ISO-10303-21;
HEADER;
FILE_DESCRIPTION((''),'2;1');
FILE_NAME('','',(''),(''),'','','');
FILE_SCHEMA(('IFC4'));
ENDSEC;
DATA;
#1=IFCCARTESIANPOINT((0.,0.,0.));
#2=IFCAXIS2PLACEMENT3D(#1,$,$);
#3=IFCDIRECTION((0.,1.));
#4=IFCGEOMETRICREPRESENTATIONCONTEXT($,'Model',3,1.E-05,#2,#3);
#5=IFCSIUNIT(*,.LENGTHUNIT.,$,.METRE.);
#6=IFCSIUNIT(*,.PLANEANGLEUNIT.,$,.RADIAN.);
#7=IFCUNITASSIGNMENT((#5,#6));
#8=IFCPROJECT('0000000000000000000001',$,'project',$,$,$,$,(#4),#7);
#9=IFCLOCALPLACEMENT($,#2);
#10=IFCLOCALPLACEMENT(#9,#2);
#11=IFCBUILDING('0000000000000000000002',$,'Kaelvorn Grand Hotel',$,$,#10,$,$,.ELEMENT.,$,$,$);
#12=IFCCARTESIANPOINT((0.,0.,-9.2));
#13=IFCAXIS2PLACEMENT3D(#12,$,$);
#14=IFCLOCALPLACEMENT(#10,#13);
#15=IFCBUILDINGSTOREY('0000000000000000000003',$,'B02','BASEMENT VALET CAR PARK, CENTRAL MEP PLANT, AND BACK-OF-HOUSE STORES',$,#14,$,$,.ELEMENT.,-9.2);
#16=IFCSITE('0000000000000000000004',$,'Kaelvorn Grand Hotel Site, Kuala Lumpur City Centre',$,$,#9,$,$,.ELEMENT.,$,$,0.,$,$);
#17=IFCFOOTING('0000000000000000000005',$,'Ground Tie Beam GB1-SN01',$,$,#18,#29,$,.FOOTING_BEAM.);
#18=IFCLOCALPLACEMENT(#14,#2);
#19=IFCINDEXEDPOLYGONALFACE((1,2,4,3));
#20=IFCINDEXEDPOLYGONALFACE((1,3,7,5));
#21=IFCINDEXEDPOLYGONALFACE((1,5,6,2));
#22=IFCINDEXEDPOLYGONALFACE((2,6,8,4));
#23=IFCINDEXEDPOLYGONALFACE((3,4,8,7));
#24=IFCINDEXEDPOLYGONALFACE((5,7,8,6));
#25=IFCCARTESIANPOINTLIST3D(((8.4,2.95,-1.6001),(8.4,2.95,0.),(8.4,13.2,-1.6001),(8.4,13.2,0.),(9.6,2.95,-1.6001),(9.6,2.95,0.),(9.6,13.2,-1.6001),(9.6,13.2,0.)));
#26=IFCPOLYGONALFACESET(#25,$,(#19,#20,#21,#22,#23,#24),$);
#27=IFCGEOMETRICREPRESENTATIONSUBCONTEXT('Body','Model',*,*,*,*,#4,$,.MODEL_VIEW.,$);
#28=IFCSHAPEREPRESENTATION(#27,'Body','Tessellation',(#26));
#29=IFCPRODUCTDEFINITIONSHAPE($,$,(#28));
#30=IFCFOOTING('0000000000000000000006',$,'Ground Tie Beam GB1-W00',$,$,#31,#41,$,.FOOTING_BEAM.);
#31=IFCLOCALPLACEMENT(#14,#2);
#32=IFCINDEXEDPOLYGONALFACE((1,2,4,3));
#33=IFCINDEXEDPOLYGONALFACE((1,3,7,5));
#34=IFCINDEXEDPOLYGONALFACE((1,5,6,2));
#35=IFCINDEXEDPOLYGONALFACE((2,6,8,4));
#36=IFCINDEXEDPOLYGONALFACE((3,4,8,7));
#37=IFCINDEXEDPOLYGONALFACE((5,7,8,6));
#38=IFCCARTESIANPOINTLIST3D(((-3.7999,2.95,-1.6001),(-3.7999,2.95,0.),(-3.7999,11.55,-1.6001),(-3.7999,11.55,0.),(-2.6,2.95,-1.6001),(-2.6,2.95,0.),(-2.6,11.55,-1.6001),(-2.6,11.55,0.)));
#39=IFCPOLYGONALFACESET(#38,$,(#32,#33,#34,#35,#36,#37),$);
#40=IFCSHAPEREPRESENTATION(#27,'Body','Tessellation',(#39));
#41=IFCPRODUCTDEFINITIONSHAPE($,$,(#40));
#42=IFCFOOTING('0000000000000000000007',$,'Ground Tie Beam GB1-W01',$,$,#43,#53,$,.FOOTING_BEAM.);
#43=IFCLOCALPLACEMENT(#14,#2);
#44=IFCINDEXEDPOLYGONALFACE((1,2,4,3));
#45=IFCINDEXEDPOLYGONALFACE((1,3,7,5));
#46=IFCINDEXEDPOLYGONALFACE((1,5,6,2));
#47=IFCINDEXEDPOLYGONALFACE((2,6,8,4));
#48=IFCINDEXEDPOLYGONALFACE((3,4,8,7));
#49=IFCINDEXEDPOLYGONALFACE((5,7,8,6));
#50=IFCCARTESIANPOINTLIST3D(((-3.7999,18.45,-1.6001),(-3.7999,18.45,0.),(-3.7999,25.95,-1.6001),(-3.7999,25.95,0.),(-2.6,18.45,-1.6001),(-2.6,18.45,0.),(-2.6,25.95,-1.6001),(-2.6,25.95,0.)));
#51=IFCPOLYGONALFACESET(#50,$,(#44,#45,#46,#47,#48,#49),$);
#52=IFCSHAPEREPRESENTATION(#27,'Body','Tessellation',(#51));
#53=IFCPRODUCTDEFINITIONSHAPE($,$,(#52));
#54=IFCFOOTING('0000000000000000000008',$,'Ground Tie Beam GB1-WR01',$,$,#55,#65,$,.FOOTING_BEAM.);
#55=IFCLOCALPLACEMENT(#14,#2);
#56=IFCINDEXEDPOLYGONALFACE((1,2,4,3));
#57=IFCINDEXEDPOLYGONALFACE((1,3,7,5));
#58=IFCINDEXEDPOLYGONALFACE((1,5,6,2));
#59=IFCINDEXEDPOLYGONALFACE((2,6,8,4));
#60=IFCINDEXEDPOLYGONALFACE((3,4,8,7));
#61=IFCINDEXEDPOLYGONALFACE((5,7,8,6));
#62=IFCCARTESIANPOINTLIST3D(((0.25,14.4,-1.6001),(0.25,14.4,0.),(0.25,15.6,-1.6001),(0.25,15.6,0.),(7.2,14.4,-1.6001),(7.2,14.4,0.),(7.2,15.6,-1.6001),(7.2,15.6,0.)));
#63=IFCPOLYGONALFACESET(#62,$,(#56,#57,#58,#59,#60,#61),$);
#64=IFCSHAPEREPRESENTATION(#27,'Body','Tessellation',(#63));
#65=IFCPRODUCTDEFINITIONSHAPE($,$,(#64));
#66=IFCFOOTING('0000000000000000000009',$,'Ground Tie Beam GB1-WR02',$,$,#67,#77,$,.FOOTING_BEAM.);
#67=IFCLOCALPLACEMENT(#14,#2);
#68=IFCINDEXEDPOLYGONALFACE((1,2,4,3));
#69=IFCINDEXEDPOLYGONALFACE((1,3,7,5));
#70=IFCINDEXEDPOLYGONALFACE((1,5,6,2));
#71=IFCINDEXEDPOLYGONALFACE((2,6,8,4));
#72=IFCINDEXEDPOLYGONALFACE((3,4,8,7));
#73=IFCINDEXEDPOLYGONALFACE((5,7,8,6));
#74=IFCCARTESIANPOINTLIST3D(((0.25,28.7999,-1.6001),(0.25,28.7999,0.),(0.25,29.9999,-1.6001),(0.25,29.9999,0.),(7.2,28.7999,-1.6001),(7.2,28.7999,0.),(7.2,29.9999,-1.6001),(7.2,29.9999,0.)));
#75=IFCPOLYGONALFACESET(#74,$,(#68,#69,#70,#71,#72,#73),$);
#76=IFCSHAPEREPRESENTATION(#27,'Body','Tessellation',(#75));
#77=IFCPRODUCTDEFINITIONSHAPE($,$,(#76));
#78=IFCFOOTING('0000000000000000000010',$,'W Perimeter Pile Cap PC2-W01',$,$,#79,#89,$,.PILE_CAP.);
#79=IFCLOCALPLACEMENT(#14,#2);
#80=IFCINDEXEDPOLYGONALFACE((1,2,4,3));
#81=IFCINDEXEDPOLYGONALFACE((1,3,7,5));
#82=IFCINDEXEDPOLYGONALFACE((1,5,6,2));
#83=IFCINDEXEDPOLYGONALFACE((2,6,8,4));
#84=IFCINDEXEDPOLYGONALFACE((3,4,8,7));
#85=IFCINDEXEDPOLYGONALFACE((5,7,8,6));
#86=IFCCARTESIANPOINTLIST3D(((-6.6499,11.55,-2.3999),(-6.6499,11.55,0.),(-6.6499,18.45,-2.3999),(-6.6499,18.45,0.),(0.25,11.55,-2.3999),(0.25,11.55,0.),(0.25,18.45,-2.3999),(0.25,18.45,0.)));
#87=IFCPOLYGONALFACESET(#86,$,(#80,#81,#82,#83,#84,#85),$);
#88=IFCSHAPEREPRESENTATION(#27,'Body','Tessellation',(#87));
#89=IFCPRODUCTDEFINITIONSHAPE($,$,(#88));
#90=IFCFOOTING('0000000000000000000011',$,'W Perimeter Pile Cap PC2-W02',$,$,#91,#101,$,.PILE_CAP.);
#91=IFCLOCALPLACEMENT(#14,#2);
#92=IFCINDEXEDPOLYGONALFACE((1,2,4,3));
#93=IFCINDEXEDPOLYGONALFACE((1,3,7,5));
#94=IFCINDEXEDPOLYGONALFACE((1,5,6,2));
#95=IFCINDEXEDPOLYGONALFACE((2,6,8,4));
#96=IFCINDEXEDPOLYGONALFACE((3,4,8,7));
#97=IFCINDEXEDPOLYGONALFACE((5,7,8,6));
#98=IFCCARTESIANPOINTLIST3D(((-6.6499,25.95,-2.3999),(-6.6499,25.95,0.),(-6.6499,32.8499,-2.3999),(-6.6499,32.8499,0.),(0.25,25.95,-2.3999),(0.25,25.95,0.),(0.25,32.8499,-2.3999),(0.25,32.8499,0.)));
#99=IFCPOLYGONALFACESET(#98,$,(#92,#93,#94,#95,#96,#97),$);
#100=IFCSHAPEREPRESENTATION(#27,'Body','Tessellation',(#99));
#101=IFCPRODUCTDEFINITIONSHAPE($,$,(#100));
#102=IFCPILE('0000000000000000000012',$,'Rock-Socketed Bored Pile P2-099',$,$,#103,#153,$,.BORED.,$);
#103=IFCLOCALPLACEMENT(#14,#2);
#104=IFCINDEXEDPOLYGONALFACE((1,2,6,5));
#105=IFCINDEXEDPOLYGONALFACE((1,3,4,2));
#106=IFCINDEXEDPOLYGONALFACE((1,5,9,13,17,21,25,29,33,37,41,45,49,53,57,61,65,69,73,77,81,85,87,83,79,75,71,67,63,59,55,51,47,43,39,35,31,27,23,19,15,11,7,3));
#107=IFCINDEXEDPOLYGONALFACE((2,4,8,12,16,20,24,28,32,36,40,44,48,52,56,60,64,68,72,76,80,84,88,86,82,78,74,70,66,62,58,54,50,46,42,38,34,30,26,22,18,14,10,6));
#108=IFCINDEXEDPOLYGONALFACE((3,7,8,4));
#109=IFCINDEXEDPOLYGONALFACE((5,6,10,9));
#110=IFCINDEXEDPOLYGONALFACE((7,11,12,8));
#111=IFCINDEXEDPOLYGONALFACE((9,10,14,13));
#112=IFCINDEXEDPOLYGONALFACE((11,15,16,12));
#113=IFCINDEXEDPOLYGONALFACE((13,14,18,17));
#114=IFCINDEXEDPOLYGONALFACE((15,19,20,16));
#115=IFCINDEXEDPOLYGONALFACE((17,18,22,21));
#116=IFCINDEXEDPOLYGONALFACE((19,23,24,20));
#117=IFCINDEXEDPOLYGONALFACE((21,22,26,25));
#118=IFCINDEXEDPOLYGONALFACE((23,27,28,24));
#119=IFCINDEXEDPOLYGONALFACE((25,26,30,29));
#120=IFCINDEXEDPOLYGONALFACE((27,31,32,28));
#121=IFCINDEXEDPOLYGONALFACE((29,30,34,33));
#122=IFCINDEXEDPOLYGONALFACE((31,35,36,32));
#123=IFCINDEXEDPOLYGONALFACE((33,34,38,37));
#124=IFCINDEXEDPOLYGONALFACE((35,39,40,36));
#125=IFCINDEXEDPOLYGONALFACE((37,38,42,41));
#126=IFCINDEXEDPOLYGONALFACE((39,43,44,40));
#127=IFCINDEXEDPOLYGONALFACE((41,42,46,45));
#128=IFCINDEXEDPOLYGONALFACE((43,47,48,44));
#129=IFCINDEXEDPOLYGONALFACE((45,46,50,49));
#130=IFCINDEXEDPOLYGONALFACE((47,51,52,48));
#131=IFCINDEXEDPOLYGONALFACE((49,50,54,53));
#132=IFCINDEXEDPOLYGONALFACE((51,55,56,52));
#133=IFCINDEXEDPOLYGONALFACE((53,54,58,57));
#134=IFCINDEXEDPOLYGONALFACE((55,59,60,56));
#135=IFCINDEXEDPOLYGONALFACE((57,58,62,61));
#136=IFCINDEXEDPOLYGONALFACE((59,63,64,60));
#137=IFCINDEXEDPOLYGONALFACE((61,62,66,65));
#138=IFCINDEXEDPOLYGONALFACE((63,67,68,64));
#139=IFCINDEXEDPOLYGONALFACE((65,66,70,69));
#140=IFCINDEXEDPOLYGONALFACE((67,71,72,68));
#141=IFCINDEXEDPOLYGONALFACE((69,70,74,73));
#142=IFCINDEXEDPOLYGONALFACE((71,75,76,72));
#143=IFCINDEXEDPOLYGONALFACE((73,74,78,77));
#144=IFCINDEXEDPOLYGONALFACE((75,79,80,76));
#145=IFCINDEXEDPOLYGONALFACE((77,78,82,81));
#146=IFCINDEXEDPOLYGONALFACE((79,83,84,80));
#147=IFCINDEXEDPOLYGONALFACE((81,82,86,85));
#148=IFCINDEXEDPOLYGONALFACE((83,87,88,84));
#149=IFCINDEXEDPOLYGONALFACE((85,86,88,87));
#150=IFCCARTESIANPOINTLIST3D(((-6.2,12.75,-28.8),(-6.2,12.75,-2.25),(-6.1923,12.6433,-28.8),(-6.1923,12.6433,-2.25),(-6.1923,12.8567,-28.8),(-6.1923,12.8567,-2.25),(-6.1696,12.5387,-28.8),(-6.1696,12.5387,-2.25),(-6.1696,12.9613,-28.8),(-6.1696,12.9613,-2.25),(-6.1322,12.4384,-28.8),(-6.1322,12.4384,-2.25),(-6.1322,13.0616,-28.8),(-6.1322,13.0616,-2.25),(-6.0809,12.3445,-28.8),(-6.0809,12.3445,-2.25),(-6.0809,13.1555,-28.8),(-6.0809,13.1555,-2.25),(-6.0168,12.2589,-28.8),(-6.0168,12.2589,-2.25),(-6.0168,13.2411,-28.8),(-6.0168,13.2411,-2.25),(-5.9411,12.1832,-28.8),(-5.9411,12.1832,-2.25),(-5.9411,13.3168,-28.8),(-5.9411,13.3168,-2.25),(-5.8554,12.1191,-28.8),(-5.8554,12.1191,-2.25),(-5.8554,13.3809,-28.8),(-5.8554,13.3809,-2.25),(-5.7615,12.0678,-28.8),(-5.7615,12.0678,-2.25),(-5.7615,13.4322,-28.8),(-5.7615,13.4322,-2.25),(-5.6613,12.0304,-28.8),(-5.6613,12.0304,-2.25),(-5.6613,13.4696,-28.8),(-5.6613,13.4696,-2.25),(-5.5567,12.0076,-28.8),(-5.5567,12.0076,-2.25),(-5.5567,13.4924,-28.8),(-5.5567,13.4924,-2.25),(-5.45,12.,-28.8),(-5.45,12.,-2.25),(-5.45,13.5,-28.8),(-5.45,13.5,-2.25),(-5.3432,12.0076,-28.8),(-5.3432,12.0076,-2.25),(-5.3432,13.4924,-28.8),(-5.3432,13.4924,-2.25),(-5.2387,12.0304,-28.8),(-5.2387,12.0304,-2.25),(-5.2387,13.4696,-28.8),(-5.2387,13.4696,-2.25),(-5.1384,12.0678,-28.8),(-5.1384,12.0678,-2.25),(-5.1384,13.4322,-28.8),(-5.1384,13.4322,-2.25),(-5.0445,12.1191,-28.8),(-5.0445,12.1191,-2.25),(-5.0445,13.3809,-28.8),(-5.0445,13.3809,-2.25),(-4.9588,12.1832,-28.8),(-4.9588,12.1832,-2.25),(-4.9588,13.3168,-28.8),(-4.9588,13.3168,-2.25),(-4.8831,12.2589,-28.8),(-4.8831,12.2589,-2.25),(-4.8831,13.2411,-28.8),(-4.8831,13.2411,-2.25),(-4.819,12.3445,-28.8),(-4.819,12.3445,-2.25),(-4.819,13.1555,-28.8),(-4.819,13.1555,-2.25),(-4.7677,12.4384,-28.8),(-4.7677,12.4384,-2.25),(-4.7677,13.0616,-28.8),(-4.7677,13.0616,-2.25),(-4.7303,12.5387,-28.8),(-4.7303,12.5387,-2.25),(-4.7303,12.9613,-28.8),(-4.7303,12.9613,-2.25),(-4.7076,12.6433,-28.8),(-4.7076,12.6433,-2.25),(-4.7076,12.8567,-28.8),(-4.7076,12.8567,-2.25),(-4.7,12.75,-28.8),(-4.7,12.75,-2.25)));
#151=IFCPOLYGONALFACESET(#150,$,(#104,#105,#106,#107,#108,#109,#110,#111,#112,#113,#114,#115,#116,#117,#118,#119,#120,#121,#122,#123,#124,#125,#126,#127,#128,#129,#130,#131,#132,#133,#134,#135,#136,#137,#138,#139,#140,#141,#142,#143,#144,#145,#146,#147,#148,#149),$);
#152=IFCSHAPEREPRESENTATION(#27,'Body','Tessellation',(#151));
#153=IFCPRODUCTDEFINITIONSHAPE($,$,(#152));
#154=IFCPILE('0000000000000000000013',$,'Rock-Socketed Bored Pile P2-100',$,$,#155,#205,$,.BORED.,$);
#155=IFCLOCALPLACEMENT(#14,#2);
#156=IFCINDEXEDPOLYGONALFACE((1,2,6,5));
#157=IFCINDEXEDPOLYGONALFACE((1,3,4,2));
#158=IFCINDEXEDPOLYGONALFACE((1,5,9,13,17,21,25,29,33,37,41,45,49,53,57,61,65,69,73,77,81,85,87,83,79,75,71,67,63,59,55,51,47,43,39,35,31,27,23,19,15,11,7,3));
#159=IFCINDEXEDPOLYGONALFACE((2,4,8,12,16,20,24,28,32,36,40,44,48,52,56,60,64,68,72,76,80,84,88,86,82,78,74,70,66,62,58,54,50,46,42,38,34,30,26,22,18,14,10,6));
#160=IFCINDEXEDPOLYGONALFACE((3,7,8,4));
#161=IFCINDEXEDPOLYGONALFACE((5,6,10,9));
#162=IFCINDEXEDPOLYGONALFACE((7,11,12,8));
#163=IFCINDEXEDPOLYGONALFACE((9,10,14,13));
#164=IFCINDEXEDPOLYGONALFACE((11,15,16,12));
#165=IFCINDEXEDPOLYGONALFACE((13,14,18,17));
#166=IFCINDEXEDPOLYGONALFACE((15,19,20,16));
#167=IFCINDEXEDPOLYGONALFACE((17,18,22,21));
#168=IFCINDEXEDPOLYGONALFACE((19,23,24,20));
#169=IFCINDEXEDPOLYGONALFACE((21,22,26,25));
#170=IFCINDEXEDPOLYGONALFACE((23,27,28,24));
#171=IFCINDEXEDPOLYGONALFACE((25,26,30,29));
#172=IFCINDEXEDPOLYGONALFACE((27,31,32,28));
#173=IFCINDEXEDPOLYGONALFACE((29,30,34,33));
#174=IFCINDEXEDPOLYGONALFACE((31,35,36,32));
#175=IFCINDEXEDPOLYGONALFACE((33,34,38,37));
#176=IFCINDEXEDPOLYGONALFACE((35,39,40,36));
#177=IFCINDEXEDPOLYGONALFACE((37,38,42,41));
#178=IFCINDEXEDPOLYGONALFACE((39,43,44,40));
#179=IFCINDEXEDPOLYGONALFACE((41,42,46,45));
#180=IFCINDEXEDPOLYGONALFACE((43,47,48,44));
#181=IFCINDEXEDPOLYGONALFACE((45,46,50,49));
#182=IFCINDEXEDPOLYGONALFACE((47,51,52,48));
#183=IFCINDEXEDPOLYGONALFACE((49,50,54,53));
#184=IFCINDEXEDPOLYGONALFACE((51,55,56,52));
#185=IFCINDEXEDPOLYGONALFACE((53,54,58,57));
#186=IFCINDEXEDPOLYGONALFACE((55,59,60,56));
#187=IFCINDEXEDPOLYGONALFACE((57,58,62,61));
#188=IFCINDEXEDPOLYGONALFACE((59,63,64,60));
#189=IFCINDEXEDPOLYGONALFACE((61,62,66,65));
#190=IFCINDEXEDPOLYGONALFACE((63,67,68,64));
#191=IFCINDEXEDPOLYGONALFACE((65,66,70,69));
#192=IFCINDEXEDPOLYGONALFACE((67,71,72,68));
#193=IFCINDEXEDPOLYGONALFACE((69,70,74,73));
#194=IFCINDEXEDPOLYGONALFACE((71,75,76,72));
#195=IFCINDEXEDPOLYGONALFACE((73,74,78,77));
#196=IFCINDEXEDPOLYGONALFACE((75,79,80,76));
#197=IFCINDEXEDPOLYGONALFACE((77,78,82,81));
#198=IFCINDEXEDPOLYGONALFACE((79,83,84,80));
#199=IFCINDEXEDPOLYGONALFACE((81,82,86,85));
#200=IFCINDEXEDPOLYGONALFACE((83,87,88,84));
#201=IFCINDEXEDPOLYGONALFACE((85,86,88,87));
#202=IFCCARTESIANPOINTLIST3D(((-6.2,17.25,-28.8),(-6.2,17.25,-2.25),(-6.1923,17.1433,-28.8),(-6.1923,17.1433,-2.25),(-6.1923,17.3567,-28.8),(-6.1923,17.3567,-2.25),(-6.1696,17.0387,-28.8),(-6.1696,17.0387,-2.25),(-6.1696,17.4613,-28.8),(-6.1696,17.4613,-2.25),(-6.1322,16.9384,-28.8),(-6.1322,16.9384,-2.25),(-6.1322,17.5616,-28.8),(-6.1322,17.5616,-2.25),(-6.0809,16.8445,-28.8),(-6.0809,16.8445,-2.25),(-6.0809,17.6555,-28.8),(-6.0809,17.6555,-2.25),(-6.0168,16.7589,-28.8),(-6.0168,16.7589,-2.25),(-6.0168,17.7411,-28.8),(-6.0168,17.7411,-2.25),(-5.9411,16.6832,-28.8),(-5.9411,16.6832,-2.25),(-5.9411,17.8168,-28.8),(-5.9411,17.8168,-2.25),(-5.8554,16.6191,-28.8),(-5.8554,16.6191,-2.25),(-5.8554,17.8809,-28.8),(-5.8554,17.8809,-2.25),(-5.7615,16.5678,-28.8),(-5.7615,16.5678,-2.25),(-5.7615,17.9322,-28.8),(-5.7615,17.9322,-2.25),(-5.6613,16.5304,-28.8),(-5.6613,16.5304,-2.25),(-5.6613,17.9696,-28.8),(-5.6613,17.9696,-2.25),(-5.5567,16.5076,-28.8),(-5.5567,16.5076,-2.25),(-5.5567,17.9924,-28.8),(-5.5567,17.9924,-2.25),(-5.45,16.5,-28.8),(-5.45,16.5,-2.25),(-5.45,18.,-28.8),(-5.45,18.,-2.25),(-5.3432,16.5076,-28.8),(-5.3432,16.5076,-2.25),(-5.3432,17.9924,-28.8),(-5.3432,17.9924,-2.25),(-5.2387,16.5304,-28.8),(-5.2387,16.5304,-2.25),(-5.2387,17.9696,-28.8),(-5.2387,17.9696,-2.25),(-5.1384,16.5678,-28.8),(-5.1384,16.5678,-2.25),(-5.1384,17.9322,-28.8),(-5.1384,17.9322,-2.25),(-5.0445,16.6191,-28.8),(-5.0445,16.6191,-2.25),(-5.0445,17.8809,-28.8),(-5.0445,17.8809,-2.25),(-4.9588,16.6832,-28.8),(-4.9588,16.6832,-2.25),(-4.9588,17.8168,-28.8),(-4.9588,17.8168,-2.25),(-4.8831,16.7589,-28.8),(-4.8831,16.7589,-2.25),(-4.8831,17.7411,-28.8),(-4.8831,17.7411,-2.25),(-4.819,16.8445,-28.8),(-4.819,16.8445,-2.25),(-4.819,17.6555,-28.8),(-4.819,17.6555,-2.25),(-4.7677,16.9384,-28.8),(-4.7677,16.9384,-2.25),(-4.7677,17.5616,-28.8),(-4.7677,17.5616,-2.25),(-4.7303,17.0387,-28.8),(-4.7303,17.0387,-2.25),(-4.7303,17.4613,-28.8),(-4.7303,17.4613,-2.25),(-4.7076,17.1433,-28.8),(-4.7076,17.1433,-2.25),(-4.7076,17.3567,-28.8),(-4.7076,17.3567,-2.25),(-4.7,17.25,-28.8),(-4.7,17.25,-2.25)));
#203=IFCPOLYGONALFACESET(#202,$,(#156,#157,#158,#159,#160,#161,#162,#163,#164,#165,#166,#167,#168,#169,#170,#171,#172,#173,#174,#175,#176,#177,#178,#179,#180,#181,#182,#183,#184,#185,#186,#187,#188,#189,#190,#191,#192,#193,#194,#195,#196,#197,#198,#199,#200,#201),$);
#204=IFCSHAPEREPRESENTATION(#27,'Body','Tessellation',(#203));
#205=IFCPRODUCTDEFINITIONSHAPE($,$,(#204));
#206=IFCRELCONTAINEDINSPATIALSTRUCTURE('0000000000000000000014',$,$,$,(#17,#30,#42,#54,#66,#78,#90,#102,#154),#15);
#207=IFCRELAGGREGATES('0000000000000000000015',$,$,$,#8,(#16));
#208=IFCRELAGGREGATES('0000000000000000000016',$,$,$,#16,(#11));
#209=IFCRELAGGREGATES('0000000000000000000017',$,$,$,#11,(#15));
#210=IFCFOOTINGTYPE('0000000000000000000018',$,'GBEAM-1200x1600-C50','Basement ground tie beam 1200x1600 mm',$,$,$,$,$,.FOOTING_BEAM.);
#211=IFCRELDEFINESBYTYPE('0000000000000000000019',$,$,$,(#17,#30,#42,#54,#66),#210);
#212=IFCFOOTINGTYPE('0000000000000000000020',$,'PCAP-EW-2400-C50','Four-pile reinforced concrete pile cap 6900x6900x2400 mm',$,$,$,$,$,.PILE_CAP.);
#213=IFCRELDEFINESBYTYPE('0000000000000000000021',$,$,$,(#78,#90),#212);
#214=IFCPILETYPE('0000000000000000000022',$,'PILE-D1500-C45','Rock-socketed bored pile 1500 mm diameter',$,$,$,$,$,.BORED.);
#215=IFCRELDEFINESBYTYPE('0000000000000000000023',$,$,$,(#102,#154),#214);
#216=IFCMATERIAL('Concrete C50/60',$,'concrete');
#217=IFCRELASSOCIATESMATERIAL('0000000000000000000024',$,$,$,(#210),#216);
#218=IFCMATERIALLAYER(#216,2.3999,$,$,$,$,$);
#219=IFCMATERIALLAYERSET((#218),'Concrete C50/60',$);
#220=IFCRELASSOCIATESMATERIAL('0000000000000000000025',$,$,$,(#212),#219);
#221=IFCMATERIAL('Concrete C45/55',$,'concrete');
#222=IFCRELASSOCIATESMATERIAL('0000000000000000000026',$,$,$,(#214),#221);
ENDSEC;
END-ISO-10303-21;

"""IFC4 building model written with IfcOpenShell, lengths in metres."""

from ifc_helpers import new_model, si_unit, direction, frame, origin, origin_2d, place, context, subcontext, project, spatial, rectangle, circle, extrude, material, layer, layer_set, material_profile, profile_set, type_object, element, save


model = new_model("IFC4")

# Units and contexts
model_context = context("Model", 3, precision=1e-05, world=origin(), true_north=direction((0.0, 1.0)))
body_context = subcontext(model_context, "Body", "Model", "MODEL_VIEW")
ifc_project = project(units=[si_unit("LENGTHUNIT", "METRE"), si_unit("PLANEANGLEUNIT", "RADIAN")], contexts=[model_context])

# Site, building, storey
site_placement = place(None, origin())
site = spatial("IfcSite", under=ifc_project, at=site_placement, Name="Kaelvorn Grand Hotel Site, Kuala Lumpur City Centre", CompositionType="ELEMENT", RefElevation=0.0)
building_placement = place(site_placement, origin())
building = spatial("IfcBuilding", under=site, at=building_placement, Name="Kaelvorn Grand Hotel", CompositionType="ELEMENT")
storey_placement = place(building_placement, frame((0.0, 0.0, -9.2)))
storey = spatial("IfcBuildingStorey", under=building, at=storey_placement, Name="B02", Description="BASEMENT VALET CAR PARK, CENTRAL MEP PLANT, AND BACK-OF-HOUSE STORES", CompositionType="ELEMENT", Elevation=-9.2)

# Footings
ifc_material_1 = material(Name="Concrete C50/60", Category="concrete")
ifc_material_profile_1 = material_profile(ifc_material_1, rectangle(XDim=1.2, YDim=1.6001, at=origin_2d()), Name="GB 1200x1600")
ifc_profile_set_1 = profile_set([ifc_material_profile_1], Name="Concrete C50/60")
footing_type_1 = type_object("IfcFootingType", Name="GBEAM-1200x1600-C50", Description="Basement ground tie beam 1200x1600 mm", PredefinedType="FOOTING_BEAM", material=ifc_profile_set_1)
footing_1_placement = place(storey_placement, frame((9.0, 2.95, -0.8), z_axis=(0.0, 1.0, 0.0), x_axis=(-1.0, 0.0, 0.0)))
element("IfcFooting", 1, at=footing_1_placement, inside=storey, type_object=footing_type_1, Name="Ground Tie Beam GB1-SN01", PredefinedType="FOOTING_BEAM", context=body_context, shape_type="SweptSolid", body=[
    extrude(rectangle(XDim=1.2, YDim=1.6001, at=origin_2d()), origin(), (0.0, 0.0, 1.0), 10.25),
])
footing_2_placement = place(storey_placement, frame((-3.2, 2.95, -0.8), z_axis=(0.0, 1.0, 0.0), x_axis=(-1.0, 0.0, 0.0)))
element("IfcFooting", 2, at=footing_2_placement, inside=storey, type_object=footing_type_1, Name="Ground Tie Beam GB1-W00", PredefinedType="FOOTING_BEAM", context=body_context, shape_type="SweptSolid", body=[
    extrude(rectangle(XDim=1.2, YDim=1.6001, at=origin_2d()), origin(), (0.0, 0.0, 1.0), 8.6001),
])
footing_3_placement = place(storey_placement, frame((-3.2, 18.45, -0.8), z_axis=(0.0, 1.0, 0.0), x_axis=(-1.0, 0.0, 0.0)))
element("IfcFooting", 3, at=footing_3_placement, inside=storey, type_object=footing_type_1, Name="Ground Tie Beam GB1-W01", PredefinedType="FOOTING_BEAM", context=body_context, shape_type="SweptSolid", body=[
    extrude(rectangle(XDim=1.2, YDim=1.6001, at=origin_2d()), origin(), (0.0, 0.0, 1.0), 7.5),
])
for number, where, z_axis, x_axis, name in (
    (4, (0.25, 15.0, -0.8), (1.0, 0.0, 0.0), (0.0, 1.0, 0.0), "Ground Tie Beam GB1-WR01"),
    (5, (0.25, 29.3999, -0.8), (1.0, 0.0, 0.0), (0.0, 1.0, 0.0), "Ground Tie Beam GB1-WR02"),
):
    element("IfcFooting", number, at=place(storey_placement, frame(where, z_axis=z_axis, x_axis=x_axis)), inside=storey, type_object=footing_type_1, Name=name, PredefinedType="FOOTING_BEAM", context=body_context, shape_type="SweptSolid", body=[
        extrude(rectangle(XDim=1.2, YDim=1.6001, at=origin_2d()), origin(), (0.0, 0.0, 1.0), 6.95),
    ])
ifc_layer_1 = layer(ifc_material_1, 2.3999)
ifc_layer_set_1 = layer_set([ifc_layer_1], Name="Concrete C50/60")
footing_type_2 = type_object("IfcFootingType", Name="PCAP-EW-2400-C50", Description="Four-pile reinforced concrete pile cap 6900x6900x2400 mm", PredefinedType="PILE_CAP", material=ifc_layer_set_1)
for number, where, z_axis, x_axis, name in (
    (6, (-3.2, 15.0, -2.3999), (0.0, 0.0, 1.0), (1.0, 0.0, 0.0), "W Perimeter Pile Cap PC2-W01"),
    (7, (-3.2, 29.3999, -2.3999), (0.0, 0.0, 1.0), (1.0, 0.0, 0.0), "W Perimeter Pile Cap PC2-W02"),
):
    element("IfcFooting", number, at=place(storey_placement, frame(where, z_axis=z_axis, x_axis=x_axis)), inside=storey, type_object=footing_type_2, Name=name, PredefinedType="PILE_CAP", context=body_context, shape_type="SweptSolid", body=[
        extrude(rectangle(XDim=6.8999, YDim=6.8999, at=origin_2d()), origin(), (0.0, 0.0, 1.0), 2.3999),
    ])

# Piles
ifc_material_2 = material(Name="Concrete C45/55", Category="concrete")
ifc_material_profile_2 = material_profile(ifc_material_2, circle(Radius=0.75, at=origin_2d()), Name="BORED PILE D1500")
ifc_profile_set_2 = profile_set([ifc_material_profile_2], Name="Concrete C45/55")
pile_type = type_object("IfcPileType", Name="PILE-D1500-C45", Description="Rock-socketed bored pile 1500 mm diameter", PredefinedType="BORED", material=ifc_profile_set_2)
for number, where, z_axis, x_axis, name in (
    (8, (-5.45, 12.75, -2.25), (0.0, 0.0, -1.0), (1.0, 0.0, 0.0), "Rock-Socketed Bored Pile P2-099"),
    (9, (-5.45, 17.25, -2.25), (0.0, 0.0, -1.0), (1.0, 0.0, 0.0), "Rock-Socketed Bored Pile P2-100"),
):
    element("IfcPile", number, at=place(storey_placement, frame(where, z_axis=z_axis, x_axis=x_axis)), inside=storey, type_object=pile_type, Name=name, PredefinedType="BORED", context=body_context, shape_type="SweptSolid", body=[
        extrude(circle(Radius=0.75, at=origin_2d()), origin(), (0.0, 0.0, 1.0), 26.55),
    ])

save(model, "model.ifc")
